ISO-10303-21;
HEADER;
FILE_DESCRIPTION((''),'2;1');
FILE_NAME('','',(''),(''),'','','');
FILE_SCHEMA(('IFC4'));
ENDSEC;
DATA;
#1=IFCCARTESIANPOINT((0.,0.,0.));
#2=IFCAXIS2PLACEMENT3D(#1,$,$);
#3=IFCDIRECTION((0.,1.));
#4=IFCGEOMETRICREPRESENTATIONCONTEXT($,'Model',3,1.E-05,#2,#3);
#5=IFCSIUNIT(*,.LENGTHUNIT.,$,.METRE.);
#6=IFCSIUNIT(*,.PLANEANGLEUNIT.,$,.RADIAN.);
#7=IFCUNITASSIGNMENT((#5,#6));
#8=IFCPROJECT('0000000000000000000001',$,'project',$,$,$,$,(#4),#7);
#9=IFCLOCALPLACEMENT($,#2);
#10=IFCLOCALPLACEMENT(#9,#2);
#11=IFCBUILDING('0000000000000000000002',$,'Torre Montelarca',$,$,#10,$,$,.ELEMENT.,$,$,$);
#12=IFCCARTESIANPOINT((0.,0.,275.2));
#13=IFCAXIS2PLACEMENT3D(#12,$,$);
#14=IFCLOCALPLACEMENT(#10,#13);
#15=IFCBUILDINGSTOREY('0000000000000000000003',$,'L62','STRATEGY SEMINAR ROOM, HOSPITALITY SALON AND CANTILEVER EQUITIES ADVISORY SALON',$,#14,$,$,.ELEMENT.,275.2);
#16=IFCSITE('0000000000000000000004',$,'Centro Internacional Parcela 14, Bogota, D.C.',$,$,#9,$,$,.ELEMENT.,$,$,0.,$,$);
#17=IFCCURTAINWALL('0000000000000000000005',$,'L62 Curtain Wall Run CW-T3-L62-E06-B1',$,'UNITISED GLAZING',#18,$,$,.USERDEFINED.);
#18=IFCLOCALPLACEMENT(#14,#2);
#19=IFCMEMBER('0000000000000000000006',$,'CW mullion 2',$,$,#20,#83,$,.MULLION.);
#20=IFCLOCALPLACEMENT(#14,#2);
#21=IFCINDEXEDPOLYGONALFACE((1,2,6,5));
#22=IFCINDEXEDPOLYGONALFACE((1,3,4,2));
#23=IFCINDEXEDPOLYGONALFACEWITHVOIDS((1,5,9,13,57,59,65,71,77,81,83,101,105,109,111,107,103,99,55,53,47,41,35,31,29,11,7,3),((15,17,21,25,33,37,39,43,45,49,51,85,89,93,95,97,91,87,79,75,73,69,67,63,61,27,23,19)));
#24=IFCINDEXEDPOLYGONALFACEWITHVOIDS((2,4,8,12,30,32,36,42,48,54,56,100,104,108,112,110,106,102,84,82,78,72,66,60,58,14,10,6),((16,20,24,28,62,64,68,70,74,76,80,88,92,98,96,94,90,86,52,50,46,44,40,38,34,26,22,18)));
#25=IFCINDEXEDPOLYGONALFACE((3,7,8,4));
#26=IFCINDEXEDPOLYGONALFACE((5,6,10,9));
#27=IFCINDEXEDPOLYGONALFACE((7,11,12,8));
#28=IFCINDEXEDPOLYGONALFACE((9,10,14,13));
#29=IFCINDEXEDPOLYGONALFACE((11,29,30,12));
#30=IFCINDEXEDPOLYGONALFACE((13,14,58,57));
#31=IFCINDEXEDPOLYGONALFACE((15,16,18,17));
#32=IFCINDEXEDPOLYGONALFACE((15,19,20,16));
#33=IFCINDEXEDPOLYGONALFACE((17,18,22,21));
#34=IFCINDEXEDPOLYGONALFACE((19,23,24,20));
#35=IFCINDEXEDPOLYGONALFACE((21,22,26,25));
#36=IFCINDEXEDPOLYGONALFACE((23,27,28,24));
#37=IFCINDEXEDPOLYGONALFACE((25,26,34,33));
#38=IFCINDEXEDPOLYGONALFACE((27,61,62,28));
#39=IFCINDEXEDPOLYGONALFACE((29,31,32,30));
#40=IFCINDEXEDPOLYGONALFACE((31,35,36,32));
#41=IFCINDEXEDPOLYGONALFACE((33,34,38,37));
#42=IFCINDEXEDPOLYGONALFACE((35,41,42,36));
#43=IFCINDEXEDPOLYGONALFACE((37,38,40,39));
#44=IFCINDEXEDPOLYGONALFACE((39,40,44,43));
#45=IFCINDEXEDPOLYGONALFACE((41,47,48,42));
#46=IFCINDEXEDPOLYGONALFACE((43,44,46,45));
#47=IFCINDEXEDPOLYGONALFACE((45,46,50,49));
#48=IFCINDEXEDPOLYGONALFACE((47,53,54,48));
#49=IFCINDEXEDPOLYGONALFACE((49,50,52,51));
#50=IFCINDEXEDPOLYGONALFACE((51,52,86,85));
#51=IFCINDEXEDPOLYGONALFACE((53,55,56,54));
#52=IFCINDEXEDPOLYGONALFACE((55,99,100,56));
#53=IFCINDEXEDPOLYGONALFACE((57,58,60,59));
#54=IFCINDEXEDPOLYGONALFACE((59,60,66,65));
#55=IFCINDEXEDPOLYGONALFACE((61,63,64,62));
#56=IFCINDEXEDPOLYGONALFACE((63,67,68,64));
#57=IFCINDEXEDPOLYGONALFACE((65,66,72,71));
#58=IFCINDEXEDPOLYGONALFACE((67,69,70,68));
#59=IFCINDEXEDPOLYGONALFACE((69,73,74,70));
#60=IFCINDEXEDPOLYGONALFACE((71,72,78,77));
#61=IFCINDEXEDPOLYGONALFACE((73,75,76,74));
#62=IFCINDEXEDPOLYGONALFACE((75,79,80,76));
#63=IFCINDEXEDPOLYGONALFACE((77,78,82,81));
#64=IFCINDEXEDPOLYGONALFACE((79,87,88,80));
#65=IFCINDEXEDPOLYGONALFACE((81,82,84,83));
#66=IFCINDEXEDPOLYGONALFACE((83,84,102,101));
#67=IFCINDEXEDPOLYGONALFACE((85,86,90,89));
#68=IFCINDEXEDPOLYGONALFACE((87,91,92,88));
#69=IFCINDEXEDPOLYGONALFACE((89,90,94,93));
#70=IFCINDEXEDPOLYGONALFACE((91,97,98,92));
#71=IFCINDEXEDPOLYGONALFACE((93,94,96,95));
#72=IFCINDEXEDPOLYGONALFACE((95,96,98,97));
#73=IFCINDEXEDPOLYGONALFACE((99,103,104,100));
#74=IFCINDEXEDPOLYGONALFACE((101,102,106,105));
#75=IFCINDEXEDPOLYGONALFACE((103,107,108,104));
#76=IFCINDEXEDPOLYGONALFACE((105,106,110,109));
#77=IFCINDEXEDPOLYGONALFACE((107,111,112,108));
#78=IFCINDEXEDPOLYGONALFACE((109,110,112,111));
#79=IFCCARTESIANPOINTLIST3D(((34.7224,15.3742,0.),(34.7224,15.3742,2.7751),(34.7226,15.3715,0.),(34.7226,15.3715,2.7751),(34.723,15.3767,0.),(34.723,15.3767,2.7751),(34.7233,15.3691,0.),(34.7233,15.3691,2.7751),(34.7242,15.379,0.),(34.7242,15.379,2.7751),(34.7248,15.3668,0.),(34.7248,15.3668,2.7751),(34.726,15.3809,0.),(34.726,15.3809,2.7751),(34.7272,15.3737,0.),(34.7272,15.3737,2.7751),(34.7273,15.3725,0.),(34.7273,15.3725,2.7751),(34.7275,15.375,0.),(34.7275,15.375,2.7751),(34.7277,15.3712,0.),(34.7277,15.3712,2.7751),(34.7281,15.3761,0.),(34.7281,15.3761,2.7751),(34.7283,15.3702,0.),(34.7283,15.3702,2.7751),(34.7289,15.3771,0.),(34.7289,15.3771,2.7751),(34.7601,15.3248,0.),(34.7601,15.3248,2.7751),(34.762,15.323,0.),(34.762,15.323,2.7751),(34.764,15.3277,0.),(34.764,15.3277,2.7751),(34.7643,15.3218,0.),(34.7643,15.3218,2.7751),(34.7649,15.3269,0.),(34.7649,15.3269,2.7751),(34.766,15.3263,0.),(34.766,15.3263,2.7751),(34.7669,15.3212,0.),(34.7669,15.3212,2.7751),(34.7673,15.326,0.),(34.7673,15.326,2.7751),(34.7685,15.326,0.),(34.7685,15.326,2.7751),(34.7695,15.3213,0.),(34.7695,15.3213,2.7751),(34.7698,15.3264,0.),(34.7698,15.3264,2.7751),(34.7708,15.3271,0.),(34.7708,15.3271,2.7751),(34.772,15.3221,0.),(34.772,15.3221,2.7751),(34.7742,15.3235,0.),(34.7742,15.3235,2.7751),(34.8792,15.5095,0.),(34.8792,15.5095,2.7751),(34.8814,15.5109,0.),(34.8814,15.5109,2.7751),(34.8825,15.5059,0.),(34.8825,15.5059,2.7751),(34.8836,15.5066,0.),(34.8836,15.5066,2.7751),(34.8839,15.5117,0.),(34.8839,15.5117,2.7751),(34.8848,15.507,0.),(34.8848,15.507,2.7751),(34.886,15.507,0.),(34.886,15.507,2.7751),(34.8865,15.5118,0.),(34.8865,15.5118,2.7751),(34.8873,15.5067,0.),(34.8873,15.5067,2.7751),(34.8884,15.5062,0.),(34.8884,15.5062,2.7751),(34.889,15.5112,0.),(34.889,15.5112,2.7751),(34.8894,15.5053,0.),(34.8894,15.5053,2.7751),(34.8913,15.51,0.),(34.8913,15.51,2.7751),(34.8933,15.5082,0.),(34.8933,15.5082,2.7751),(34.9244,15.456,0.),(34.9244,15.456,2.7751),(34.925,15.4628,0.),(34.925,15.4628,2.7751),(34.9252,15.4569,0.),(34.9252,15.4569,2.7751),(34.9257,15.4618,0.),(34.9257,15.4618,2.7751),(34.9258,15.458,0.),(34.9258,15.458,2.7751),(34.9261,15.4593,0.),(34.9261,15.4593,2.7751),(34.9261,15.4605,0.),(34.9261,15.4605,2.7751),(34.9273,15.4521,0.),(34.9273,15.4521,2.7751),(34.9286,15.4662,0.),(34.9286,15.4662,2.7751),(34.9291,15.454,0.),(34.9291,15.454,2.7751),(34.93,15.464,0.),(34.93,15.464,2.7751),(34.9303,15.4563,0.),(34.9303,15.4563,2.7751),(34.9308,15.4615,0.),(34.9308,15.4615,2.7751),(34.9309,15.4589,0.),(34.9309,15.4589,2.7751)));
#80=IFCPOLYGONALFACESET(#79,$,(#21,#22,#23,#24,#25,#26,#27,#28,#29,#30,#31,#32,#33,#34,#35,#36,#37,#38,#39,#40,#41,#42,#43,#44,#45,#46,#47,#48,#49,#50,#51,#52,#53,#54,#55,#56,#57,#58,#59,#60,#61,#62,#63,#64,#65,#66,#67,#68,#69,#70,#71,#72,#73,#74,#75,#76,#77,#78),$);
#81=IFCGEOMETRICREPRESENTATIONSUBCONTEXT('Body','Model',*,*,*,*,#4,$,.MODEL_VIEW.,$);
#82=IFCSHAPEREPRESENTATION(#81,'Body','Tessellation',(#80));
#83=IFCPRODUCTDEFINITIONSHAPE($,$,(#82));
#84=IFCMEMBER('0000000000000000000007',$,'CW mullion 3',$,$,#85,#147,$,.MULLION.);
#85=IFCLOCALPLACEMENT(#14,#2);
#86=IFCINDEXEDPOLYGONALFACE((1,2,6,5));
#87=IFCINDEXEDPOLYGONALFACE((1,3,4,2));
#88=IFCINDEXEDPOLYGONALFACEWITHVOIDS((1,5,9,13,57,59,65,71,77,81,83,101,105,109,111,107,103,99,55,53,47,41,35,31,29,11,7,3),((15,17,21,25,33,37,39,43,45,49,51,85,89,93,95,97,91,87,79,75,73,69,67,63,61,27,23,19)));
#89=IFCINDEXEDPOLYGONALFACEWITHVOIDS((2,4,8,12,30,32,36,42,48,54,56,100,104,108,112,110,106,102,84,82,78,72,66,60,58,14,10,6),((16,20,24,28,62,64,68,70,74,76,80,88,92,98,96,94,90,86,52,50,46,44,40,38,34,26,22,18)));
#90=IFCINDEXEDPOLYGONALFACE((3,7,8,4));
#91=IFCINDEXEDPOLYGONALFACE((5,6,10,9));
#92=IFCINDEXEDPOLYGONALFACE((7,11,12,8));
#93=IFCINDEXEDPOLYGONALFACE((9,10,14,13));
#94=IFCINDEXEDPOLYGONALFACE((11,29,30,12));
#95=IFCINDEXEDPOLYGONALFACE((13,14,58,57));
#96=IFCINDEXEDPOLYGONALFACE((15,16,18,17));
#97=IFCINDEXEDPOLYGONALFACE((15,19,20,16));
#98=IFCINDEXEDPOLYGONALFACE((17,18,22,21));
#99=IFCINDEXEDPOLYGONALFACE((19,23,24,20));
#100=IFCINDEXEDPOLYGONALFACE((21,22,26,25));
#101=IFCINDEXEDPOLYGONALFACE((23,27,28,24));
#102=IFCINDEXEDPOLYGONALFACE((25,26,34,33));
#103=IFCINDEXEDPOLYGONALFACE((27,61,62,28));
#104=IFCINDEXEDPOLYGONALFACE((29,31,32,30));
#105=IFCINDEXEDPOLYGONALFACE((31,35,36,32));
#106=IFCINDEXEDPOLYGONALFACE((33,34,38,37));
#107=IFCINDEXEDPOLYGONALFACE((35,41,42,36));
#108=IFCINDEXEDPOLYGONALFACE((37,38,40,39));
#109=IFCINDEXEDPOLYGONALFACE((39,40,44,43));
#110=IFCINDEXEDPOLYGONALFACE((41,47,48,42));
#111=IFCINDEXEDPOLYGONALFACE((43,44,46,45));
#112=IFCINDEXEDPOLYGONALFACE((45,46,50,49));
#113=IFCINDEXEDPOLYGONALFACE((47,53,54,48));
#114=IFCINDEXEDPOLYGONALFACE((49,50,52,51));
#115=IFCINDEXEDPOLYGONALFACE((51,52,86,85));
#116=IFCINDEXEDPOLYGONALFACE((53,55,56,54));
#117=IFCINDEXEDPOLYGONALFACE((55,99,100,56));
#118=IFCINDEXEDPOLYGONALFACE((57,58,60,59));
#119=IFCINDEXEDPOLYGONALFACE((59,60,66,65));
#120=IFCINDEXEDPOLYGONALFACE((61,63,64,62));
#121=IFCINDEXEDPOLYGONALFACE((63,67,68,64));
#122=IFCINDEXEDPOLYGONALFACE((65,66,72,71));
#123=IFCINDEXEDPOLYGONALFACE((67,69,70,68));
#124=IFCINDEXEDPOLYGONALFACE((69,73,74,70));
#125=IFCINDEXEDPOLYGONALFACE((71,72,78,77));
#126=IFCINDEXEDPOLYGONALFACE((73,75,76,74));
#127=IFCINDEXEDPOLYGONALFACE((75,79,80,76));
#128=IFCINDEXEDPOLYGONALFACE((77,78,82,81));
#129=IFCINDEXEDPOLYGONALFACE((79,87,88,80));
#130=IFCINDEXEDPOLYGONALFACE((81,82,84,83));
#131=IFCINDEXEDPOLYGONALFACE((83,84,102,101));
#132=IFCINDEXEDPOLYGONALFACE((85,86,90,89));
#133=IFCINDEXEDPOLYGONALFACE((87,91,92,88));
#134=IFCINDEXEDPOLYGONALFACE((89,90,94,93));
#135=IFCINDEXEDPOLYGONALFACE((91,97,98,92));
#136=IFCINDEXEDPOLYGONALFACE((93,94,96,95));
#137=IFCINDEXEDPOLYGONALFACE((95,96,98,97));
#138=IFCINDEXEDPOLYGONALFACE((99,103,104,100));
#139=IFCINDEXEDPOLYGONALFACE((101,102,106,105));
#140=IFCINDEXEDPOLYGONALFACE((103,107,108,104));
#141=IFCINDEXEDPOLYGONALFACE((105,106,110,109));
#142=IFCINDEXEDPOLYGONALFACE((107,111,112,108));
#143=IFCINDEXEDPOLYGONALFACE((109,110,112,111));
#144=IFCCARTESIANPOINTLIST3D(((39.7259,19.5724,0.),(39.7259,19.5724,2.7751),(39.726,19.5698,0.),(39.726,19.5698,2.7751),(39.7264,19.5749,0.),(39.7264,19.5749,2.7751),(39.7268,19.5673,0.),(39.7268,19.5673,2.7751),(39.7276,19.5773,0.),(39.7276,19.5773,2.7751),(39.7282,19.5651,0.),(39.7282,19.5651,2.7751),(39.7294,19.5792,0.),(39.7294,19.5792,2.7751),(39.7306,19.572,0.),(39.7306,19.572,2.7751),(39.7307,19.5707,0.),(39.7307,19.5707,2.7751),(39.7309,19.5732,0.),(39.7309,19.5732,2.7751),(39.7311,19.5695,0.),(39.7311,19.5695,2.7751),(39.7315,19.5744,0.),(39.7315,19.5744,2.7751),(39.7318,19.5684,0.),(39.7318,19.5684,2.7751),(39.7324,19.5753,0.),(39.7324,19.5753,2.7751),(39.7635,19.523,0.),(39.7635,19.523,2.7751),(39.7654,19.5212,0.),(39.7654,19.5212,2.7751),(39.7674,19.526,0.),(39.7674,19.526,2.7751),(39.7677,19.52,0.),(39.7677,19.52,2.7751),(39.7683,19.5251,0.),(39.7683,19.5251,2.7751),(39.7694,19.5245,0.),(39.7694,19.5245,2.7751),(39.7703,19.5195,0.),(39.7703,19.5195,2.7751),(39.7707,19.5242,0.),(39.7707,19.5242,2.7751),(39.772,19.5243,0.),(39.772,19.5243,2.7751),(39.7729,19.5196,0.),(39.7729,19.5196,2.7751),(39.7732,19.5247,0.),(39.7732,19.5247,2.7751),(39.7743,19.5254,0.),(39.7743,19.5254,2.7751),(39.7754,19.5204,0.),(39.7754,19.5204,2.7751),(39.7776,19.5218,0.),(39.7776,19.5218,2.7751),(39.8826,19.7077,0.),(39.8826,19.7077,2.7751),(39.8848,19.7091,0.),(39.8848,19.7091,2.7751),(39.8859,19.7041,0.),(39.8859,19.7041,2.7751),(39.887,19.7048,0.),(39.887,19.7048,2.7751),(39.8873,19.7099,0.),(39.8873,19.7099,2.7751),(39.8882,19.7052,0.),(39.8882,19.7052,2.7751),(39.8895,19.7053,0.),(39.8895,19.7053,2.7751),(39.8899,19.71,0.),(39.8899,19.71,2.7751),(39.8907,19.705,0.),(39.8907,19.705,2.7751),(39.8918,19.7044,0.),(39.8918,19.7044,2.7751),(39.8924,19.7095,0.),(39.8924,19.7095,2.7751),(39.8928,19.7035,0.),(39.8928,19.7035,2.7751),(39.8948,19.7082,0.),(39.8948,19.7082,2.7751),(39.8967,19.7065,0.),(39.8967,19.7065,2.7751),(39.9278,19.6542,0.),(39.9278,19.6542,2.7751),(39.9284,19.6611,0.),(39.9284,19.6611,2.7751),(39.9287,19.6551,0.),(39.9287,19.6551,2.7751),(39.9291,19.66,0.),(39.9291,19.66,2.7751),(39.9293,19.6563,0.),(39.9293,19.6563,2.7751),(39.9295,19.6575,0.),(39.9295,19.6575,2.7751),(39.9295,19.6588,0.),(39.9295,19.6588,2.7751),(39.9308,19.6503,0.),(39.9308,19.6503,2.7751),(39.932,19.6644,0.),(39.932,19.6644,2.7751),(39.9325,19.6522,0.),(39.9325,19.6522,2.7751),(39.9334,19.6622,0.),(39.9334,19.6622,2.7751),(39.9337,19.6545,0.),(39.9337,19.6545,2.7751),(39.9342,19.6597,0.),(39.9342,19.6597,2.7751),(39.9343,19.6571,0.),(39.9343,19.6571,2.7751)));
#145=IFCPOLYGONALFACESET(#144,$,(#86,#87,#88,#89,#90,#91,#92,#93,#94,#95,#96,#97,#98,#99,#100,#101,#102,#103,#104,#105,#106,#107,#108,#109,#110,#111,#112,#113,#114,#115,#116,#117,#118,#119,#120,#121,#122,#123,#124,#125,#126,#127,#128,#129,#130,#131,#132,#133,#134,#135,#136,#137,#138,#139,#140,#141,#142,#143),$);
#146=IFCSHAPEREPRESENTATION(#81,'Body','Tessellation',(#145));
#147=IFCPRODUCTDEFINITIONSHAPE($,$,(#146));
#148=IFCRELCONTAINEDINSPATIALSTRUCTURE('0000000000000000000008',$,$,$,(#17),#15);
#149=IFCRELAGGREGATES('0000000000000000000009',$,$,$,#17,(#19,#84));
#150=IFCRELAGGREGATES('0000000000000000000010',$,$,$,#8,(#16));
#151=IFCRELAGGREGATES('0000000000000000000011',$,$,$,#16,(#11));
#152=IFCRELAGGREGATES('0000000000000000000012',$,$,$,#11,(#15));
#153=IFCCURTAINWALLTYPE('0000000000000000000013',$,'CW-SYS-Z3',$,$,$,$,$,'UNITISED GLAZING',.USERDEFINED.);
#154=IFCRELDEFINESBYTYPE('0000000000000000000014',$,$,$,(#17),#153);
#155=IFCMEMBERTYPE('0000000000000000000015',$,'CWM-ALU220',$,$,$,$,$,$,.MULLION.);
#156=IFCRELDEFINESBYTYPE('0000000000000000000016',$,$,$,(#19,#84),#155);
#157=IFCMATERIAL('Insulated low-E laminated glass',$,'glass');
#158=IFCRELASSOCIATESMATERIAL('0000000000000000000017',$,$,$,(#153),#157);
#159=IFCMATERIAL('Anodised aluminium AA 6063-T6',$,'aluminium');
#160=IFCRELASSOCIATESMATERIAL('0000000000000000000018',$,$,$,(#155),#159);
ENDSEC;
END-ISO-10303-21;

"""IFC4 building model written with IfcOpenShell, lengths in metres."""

from ifc_helpers import new_model, si_unit, direction, frame, origin, origin_2d, place, context, subcontext, project, spatial, hollow_rectangle, extrude, source, transform, mapped, material, material_profile, profile_set, type_object, element, aggregate, save


model = new_model("IFC4")

# Units and contexts
model_context = context("Model", 3, precision=1e-05, world=origin(), true_north=direction((0.0, 1.0)))
body_context = subcontext(model_context, "Body", "Model", "MODEL_VIEW")
ifc_project = project(units=[si_unit("LENGTHUNIT", "METRE"), si_unit("PLANEANGLEUNIT", "RADIAN")], contexts=[model_context])

# Site, building, storey
site_placement = place(None, origin())
site = spatial("IfcSite", under=ifc_project, at=site_placement, Name="Centro Internacional Parcela 14, Bogota, D.C.", CompositionType="ELEMENT", RefElevation=0.0)
building_placement = place(site_placement, origin())
building = spatial("IfcBuilding", under=site, at=building_placement, Name="Torre Montelarca", CompositionType="ELEMENT")
storey_placement = place(building_placement, frame((0.0, 0.0, 275.2)))
storey = spatial("IfcBuildingStorey", under=building, at=storey_placement, Name="L62", Description="STRATEGY SEMINAR ROOM, HOSPITALITY SALON AND CANTILEVER EQUITIES ADVISORY SALON", CompositionType="ELEMENT", Elevation=275.2)

# Curtain wall, members
ifc_material_1 = material(Name="Insulated low-E laminated glass", Category="glass")
curtain_wall_type = type_object("IfcCurtainWallType", Name="CW-SYS-Z3", ElementType="UNITISED GLAZING", PredefinedType="USERDEFINED", material=ifc_material_1)
ifc_material_2 = material(Name="Anodised aluminium AA 6063-T6", Category="aluminium")
ifc_material_profile_1 = material_profile(ifc_material_2, hollow_rectangle(XDim=0.075, YDim=0.22, WallThickness=0.0049, InnerFilletRadius=0.0049, OuterFilletRadius=0.01, at=origin_2d()), Name="ALU75X220X5", Category="aluminium")
ifc_profile_set_1 = profile_set([ifc_material_profile_1], Name="Anodised aluminium AA 6063-T6")
member_type_1 = type_object("IfcMemberType", Name="CWM-ALU220", PredefinedType="MULLION", material=ifc_profile_set_1)
curtain_wall_1_placement = place(storey_placement, origin())
curtain_wall_1 = element("IfcCurtainWall", 1, at=curtain_wall_1_placement, inside=storey, type_object=curtain_wall_type, Name="L62 Curtain Wall Run CW-T3-L62-E06-B1", ObjectType="UNITISED GLAZING", PredefinedType="USERDEFINED")
shared_shape_1 = source(origin(), body_context, "Body", "SweptSolid", [
    extrude(hollow_rectangle(XDim=0.075, YDim=0.22, WallThickness=0.0049, InnerFilletRadius=0.0049, OuterFilletRadius=0.01, at=origin_2d()), origin(), (0.0, 0.0, 1.0), 2.7751),
])
member_1_placement = place(storey_placement, frame((34.8267, 15.4165, 0.0), z_axis=(0.0, 0.0, 1.0), x_axis=(-0.64279, 0.766043, 0.0)))
member_1 = element("IfcMember", 2, at=member_1_placement, type_object=member_type_1, Name="CW mullion 2", PredefinedType="MULLION", context=body_context, shape_type="MappedRepresentation", body=[
    mapped(shared_shape_1, transform((0.0, 0.0, 0.0), scale=1.0)),
])
member_2_placement = place(storey_placement, frame((39.8301, 19.6147, 0.0), z_axis=(0.0, 0.0, 1.0), x_axis=(-0.64279, 0.766043, 0.0)))
member_2 = element("IfcMember", 3, at=member_2_placement, type_object=member_type_1, Name="CW mullion 3", PredefinedType="MULLION", context=body_context, shape_type="MappedRepresentation", body=[
    mapped(shared_shape_1, transform((0.0, 0.0, 0.0), scale=1.0)),
])

aggregate(curtain_wall_1, [member_1, member_2])

save(model, "model.ifc")
